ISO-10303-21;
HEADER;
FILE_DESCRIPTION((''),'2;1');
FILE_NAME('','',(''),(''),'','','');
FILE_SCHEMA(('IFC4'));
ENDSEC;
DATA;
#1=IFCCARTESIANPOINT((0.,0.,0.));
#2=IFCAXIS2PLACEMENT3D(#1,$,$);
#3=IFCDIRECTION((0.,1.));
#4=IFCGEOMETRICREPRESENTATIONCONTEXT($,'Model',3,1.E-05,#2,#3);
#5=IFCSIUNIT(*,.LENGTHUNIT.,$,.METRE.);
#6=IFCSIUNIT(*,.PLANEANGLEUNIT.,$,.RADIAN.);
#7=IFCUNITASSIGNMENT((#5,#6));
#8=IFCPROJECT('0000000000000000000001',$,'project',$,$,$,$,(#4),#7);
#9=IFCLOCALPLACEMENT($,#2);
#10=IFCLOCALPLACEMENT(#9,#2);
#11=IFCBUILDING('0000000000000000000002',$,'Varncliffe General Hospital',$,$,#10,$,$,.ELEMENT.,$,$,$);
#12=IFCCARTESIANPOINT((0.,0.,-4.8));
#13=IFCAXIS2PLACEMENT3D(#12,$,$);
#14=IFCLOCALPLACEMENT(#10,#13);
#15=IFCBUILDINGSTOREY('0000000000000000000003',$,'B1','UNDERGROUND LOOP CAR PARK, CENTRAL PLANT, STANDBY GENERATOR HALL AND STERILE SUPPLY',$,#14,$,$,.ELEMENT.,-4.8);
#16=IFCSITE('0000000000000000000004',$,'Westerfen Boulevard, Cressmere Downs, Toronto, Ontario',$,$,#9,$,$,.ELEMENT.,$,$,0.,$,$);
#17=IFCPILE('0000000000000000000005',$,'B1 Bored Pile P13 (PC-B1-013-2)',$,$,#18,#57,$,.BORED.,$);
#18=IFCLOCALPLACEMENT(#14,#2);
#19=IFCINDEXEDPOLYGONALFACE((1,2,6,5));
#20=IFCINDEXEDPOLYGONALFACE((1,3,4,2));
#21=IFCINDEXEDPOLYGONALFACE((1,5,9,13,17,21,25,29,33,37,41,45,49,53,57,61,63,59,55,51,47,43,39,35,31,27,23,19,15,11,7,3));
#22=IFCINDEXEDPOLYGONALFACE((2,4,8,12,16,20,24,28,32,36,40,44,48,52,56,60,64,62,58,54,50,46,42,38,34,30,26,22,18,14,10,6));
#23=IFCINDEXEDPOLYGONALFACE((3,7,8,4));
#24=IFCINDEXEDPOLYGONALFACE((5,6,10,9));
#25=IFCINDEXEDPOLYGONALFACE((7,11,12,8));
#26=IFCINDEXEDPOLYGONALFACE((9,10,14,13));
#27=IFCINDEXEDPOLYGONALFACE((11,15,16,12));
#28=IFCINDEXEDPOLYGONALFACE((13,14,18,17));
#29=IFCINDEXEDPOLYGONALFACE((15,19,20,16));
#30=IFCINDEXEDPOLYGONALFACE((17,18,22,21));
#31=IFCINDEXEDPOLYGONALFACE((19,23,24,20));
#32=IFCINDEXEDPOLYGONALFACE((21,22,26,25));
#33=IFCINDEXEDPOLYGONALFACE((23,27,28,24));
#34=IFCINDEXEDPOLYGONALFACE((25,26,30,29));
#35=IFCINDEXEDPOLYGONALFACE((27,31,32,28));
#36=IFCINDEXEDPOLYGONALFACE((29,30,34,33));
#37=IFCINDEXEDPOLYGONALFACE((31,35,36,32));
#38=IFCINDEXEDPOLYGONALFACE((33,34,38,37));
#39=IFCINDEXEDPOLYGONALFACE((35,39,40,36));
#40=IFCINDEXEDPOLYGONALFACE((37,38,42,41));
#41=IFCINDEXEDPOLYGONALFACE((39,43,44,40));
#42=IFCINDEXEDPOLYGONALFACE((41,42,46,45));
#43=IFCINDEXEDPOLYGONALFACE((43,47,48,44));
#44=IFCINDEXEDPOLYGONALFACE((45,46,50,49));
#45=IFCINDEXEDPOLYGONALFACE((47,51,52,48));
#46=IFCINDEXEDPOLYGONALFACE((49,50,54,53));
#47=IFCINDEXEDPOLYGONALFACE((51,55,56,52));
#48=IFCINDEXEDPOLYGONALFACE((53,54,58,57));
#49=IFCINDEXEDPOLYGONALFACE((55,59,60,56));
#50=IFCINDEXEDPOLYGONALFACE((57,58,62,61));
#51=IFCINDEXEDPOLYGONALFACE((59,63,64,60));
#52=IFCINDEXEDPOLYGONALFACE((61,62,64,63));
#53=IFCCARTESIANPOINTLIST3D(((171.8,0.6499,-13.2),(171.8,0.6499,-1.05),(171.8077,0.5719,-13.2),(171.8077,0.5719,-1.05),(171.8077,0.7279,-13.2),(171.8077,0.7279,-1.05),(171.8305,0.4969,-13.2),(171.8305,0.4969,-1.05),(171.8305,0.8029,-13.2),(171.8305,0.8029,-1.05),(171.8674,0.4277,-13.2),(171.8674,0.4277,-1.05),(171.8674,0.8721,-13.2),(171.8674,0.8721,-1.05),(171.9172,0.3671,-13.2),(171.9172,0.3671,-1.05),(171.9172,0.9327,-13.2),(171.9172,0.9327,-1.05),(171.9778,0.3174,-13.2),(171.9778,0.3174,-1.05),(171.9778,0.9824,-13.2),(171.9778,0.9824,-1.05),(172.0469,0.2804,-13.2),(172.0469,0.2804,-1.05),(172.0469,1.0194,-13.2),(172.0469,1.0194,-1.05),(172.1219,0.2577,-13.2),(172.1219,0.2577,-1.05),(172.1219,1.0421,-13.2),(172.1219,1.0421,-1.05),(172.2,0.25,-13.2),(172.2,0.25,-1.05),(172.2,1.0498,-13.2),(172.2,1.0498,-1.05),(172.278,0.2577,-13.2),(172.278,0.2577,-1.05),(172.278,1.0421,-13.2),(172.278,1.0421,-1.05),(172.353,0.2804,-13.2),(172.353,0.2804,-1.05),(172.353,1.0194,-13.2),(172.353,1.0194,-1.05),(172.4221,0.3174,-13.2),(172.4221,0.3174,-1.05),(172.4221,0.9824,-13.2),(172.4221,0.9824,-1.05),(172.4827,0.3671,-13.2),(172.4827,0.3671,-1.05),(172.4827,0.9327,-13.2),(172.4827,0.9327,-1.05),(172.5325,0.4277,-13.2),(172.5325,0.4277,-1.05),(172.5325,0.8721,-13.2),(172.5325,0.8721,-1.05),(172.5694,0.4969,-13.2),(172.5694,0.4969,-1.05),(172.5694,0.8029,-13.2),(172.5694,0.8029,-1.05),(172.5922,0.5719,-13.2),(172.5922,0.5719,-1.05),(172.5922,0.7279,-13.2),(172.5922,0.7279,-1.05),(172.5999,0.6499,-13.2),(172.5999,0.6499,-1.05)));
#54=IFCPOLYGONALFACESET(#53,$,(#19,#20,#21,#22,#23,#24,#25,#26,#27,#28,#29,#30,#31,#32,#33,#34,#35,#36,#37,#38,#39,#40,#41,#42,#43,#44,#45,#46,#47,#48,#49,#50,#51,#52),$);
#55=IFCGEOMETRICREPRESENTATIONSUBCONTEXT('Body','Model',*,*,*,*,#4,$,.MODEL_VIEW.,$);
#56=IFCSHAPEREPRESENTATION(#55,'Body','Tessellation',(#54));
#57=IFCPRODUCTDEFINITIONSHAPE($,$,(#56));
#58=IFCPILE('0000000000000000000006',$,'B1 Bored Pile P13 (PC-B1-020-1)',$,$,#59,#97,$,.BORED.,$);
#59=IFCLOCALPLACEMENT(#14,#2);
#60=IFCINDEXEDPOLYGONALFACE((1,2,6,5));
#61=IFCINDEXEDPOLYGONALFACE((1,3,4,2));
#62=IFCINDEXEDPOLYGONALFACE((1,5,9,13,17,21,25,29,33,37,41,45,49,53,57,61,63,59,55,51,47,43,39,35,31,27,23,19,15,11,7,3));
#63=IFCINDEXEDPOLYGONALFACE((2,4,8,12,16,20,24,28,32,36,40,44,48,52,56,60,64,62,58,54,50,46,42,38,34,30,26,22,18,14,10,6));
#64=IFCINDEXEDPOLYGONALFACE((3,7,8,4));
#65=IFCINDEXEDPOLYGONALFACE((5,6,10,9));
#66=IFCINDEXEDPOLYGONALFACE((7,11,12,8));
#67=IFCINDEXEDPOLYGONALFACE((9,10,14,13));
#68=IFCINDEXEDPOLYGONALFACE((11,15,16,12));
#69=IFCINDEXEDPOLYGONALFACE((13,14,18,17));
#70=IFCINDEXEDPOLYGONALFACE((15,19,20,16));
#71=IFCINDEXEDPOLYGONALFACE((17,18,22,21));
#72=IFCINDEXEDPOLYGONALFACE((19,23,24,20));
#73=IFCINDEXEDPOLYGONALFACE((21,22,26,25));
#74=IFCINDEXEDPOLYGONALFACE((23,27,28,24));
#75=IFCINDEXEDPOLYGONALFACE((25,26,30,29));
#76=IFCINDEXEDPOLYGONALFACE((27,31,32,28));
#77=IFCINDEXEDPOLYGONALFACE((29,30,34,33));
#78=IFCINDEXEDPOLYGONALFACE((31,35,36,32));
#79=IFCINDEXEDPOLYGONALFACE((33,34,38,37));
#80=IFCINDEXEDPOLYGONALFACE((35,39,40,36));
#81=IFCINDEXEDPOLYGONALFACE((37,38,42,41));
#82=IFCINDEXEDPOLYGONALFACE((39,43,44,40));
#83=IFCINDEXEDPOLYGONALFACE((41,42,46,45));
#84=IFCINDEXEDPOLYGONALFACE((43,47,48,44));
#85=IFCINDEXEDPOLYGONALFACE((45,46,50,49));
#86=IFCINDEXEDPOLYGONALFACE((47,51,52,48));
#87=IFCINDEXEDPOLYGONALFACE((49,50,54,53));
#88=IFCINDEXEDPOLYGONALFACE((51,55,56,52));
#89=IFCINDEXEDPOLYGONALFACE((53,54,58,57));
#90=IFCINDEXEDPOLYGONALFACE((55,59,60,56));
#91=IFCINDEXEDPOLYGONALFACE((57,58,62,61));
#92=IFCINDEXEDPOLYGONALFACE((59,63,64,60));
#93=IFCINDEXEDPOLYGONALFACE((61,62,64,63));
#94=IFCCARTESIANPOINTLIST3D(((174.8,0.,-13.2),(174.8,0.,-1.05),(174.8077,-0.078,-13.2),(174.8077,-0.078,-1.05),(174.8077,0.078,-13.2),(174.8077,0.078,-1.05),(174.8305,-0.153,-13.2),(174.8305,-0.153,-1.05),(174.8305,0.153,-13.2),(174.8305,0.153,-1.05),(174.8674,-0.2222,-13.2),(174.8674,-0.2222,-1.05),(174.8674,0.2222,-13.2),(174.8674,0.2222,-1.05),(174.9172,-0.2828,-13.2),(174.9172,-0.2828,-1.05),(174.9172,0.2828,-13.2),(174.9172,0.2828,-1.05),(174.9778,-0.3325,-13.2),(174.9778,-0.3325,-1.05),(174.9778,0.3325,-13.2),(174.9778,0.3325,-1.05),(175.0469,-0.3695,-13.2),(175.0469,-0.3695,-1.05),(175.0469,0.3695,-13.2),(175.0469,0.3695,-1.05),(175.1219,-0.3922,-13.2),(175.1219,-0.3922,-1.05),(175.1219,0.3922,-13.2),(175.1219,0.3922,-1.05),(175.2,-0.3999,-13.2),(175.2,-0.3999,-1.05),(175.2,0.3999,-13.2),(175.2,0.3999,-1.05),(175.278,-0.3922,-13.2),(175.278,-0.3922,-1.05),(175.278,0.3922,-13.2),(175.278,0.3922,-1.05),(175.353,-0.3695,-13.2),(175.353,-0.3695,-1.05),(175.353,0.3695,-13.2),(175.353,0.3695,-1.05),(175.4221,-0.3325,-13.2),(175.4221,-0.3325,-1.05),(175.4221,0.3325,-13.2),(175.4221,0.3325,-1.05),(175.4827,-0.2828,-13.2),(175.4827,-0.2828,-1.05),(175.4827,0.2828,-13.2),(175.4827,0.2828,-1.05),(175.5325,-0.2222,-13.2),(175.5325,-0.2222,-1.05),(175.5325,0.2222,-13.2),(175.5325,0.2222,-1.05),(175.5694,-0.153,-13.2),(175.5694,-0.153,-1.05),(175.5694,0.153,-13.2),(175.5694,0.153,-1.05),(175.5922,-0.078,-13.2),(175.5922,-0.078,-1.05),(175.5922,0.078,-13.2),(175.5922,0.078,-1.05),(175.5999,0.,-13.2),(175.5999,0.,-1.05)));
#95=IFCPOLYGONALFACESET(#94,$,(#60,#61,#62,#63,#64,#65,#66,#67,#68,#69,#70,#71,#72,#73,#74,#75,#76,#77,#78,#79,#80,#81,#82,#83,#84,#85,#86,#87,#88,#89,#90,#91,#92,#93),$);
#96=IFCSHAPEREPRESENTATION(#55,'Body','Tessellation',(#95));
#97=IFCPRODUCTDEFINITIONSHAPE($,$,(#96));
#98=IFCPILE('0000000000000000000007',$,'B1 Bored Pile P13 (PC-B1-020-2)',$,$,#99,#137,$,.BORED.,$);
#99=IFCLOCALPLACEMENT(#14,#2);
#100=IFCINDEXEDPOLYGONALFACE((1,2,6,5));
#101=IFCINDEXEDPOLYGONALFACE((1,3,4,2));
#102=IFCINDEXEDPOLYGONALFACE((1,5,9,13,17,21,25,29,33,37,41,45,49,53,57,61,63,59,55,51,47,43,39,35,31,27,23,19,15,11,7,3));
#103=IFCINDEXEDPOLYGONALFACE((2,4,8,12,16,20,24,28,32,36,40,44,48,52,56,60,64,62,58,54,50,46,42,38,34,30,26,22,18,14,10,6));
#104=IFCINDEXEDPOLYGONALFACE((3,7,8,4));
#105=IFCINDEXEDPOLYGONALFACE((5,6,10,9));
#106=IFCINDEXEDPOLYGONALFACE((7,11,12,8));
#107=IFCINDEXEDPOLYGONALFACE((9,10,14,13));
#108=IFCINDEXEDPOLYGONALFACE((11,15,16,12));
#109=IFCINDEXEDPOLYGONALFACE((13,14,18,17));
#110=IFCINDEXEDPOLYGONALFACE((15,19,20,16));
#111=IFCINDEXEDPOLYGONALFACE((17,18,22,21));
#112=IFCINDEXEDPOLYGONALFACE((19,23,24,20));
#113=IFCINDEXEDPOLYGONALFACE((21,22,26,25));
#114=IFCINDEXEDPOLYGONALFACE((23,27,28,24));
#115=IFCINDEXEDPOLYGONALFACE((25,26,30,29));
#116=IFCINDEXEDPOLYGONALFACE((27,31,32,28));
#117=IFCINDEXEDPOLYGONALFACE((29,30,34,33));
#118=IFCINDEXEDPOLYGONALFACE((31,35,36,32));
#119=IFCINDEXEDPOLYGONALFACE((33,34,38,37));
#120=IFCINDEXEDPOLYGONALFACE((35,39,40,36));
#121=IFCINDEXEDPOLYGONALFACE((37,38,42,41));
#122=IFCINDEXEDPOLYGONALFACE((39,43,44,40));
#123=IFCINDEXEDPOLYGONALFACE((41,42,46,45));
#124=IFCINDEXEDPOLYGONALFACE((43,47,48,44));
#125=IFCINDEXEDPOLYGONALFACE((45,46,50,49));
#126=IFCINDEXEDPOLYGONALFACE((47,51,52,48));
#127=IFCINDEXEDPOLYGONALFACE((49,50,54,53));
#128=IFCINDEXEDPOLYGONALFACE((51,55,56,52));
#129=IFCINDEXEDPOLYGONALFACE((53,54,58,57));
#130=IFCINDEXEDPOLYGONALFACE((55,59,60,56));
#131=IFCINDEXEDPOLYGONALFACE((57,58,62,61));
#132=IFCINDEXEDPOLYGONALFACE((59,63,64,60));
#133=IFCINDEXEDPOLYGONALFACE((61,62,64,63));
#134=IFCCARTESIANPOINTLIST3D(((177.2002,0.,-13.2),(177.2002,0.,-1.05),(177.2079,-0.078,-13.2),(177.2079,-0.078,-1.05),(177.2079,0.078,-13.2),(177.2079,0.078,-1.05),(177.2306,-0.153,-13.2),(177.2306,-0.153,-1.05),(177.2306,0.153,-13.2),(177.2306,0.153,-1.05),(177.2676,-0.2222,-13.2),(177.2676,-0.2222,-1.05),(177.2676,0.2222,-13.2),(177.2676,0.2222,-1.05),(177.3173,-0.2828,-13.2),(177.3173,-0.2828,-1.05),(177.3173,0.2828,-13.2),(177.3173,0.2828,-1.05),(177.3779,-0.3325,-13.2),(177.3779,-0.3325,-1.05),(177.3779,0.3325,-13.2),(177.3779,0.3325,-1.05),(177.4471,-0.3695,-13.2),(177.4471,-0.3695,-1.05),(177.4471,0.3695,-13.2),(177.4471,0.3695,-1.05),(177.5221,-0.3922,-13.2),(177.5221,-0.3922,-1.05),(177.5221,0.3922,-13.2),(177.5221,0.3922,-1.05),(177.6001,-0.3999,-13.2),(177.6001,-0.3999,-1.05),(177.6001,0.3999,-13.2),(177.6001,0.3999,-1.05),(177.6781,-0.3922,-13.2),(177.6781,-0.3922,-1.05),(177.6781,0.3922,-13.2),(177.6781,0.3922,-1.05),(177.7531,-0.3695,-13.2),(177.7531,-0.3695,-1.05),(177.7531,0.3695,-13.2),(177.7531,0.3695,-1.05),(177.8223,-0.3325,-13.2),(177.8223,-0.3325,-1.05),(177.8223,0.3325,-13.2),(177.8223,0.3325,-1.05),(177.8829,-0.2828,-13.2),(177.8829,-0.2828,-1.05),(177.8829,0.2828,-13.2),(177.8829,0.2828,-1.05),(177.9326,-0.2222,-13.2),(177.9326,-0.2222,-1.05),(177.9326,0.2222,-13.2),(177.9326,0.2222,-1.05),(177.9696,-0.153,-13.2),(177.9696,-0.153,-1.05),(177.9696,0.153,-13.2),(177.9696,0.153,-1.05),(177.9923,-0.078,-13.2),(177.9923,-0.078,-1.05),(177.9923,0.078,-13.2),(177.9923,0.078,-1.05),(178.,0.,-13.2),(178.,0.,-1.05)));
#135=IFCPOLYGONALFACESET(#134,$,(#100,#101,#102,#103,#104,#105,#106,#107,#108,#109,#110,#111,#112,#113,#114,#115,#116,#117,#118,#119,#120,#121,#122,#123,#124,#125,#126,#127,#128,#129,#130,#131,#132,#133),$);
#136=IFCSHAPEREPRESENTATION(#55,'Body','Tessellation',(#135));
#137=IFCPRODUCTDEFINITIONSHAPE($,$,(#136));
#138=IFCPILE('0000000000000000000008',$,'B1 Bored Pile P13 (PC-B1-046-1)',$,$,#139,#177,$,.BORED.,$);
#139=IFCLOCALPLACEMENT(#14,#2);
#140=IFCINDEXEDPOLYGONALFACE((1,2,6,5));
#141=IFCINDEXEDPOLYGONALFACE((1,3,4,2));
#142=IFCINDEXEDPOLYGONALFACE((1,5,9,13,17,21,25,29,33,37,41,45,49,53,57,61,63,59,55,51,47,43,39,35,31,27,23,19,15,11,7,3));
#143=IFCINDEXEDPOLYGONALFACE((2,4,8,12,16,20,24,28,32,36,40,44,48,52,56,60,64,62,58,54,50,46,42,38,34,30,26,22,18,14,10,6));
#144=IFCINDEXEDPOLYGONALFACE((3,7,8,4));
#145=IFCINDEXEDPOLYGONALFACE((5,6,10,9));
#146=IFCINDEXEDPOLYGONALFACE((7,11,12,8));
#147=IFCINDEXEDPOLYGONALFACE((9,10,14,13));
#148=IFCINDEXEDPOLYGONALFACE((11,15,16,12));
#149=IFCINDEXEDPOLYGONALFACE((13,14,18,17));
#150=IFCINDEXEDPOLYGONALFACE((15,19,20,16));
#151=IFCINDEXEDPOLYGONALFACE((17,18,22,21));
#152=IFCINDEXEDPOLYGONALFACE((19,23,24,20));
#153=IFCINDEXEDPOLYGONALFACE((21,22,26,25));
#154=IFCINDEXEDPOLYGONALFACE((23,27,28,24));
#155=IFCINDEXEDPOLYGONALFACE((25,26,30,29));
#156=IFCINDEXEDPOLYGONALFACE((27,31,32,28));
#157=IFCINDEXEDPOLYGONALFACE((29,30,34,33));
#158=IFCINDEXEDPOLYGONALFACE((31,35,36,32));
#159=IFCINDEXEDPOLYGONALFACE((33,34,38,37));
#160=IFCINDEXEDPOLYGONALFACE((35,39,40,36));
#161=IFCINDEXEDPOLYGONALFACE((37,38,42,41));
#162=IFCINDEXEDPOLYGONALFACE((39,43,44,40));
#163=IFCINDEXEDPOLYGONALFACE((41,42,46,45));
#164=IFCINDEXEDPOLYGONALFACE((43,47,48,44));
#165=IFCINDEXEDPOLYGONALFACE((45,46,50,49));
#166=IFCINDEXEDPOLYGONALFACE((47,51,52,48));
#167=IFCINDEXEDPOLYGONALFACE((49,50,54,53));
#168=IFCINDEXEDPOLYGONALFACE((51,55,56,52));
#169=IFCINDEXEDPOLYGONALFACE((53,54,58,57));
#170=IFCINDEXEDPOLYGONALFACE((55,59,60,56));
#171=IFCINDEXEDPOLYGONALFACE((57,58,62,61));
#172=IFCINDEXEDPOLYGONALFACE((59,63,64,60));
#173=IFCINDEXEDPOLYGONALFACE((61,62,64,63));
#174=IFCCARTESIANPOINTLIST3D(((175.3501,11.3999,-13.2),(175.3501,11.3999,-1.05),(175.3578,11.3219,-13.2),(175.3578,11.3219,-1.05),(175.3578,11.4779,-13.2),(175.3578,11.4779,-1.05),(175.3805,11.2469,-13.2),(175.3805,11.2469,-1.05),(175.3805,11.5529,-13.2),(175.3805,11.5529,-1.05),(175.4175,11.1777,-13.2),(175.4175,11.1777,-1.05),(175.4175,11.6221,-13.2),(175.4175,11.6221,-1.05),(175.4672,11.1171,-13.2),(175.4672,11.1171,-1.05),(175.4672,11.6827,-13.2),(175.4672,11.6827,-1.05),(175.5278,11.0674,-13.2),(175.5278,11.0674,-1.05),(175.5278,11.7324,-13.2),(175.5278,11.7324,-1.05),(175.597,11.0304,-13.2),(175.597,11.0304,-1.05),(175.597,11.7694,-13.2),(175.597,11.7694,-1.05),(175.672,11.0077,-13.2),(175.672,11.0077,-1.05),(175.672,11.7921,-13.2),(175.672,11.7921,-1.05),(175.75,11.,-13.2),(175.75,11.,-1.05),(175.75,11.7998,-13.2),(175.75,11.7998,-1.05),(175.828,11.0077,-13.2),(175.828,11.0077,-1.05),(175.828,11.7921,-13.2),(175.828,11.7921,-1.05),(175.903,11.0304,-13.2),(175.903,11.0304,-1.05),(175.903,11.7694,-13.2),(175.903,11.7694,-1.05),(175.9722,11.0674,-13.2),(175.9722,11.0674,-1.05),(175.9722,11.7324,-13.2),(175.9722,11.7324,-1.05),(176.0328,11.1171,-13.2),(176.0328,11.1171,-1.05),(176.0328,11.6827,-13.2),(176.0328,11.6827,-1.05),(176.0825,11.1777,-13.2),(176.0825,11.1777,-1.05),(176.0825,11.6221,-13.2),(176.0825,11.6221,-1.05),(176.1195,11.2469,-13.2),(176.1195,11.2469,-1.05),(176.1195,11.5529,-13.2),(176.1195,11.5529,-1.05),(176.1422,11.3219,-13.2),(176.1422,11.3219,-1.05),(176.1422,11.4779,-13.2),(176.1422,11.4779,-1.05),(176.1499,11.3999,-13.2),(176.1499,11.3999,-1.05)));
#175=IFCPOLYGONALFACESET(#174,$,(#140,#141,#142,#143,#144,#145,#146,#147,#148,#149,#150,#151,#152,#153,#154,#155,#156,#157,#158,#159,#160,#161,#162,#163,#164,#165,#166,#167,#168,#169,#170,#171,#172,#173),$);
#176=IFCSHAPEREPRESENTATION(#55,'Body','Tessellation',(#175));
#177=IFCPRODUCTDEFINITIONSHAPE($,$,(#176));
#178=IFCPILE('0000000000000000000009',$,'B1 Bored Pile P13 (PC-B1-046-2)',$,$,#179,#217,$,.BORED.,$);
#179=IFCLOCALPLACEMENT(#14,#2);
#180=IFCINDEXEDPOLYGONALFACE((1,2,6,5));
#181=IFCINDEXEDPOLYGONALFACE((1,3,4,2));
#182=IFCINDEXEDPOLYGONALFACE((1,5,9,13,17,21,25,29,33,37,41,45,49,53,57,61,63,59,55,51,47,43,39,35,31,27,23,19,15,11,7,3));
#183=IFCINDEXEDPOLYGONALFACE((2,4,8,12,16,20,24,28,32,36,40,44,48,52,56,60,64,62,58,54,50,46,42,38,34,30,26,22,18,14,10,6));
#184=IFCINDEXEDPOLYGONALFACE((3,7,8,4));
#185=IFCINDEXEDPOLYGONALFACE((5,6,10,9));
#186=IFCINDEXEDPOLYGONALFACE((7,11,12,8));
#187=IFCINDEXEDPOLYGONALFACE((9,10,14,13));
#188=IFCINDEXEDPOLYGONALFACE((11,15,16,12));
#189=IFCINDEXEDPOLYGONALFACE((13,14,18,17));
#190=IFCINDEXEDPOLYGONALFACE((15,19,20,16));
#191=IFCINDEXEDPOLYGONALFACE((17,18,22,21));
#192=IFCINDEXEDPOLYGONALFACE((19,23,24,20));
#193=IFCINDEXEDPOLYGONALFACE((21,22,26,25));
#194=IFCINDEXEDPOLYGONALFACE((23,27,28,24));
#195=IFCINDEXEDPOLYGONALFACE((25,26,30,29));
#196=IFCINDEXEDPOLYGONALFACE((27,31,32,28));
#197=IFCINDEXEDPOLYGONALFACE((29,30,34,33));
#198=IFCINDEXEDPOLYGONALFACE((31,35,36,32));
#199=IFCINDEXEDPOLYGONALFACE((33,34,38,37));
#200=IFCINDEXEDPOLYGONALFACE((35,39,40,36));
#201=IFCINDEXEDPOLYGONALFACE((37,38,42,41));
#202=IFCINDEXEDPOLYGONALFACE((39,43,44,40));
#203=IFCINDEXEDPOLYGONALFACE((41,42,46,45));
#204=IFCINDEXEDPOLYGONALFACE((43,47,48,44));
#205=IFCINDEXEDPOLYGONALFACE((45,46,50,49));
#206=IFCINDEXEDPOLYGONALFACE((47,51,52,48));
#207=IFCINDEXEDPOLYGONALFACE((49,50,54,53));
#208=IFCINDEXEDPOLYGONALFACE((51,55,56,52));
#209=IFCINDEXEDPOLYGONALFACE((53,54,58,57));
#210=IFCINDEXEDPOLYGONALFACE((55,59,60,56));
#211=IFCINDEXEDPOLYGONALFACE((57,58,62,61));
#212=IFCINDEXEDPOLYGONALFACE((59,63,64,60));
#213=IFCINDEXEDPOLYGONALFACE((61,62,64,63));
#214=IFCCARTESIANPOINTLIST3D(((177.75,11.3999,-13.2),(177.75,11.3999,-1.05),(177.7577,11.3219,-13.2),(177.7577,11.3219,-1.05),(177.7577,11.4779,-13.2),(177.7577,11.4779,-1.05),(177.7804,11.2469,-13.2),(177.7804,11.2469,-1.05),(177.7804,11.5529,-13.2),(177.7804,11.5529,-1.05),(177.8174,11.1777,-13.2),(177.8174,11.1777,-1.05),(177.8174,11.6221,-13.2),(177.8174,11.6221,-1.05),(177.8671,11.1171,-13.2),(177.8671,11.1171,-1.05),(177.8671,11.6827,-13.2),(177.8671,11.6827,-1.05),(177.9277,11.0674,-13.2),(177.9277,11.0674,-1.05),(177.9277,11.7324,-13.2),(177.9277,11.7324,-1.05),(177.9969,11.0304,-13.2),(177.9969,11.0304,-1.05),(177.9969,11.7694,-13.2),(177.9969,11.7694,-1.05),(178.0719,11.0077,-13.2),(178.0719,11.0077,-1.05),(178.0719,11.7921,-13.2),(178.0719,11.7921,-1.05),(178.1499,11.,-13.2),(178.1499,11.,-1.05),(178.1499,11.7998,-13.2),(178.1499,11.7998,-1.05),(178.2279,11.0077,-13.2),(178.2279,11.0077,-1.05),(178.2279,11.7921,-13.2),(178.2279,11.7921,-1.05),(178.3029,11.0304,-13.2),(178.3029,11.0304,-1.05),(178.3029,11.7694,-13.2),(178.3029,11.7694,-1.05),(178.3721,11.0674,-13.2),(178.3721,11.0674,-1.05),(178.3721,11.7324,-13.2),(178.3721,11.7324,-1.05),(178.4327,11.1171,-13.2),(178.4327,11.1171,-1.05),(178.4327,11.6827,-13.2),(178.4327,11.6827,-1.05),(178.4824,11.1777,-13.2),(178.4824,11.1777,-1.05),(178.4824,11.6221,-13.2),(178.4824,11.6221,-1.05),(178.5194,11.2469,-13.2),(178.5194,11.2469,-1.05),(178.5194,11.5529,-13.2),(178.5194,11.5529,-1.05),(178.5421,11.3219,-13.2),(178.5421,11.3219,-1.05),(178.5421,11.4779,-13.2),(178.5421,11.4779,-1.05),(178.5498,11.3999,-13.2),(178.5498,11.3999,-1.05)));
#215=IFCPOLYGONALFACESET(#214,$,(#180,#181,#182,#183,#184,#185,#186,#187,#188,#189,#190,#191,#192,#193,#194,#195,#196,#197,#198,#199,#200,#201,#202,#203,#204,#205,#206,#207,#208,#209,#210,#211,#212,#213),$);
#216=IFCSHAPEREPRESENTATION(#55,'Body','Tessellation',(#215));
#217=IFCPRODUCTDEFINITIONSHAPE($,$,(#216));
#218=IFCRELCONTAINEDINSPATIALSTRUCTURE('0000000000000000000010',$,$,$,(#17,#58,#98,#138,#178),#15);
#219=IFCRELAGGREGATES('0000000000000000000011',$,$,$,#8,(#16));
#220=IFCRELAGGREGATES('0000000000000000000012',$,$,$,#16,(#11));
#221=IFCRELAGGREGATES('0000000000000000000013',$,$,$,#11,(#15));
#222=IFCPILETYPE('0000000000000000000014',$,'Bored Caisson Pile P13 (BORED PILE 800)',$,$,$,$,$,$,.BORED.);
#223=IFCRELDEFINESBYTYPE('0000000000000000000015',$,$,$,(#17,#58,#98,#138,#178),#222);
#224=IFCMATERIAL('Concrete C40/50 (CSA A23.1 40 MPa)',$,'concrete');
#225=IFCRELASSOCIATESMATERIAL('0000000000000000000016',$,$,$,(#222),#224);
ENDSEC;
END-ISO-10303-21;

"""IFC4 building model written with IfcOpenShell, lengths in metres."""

from ifc_helpers import new_model, si_unit, direction, frame, origin, origin_2d, place, context, subcontext, project, spatial, circle, extrude, material, material_profile, profile_set, type_object, element, save


model = new_model("IFC4")

# Units and contexts
model_context = context("Model", 3, precision=1e-05, world=origin(), true_north=direction((0.0, 1.0)))
body_context = subcontext(model_context, "Body", "Model", "MODEL_VIEW")
ifc_project = project(units=[si_unit("LENGTHUNIT", "METRE"), si_unit("PLANEANGLEUNIT", "RADIAN")], contexts=[model_context])

# Site, building, storey
site_placement = place(None, origin())
site = spatial("IfcSite", under=ifc_project, at=site_placement, Name="Westerfen Boulevard, Cressmere Downs, Toronto, Ontario", CompositionType="ELEMENT", RefElevation=0.0)
building_placement = place(site_placement, origin())
building = spatial("IfcBuilding", under=site, at=building_placement, Name="Varncliffe General Hospital", CompositionType="ELEMENT")
storey_placement = place(building_placement, frame((0.0, 0.0, -4.8)))
storey = spatial("IfcBuildingStorey", under=building, at=storey_placement, Name="B1", Description="UNDERGROUND LOOP CAR PARK, CENTRAL PLANT, STANDBY GENERATOR HALL AND STERILE SUPPLY", CompositionType="ELEMENT", Elevation=-4.8)

# Piles
ifc_material_1 = material(Name="Concrete C40/50 (CSA A23.1 40 MPa)", Category="concrete")
ifc_material_profile_1 = material_profile(ifc_material_1, circle(Radius=0.3999, at=origin_2d()), Name="BORED PILE 800")
ifc_profile_set_1 = profile_set([ifc_material_profile_1], Name="Concrete C40/50 (CSA A23.1 40 MPa)")
pile_type_1 = type_object("IfcPileType", Name="Bored Caisson Pile P13 (BORED PILE 800)", PredefinedType="BORED", material=ifc_profile_set_1)
for number, where, z_axis, x_axis, name in (
    (1, (172.2, 0.6499, -1.05), (0.0, 0.0, -1.0), (1.0, 0.0, 0.0), "B1 Bored Pile P13 (PC-B1-013-2)"),
    (2, (175.2, 0.0, -1.05), (0.0, 0.0, -1.0), (1.0, 0.0, 0.0), "B1 Bored Pile P13 (PC-B1-020-1)"),
    (3, (177.6001, 0.0, -1.05), (0.0, 0.0, -1.0), (1.0, 0.0, 0.0), "B1 Bored Pile P13 (PC-B1-020-2)"),
    (4, (175.75, 11.3999, -1.05), (0.0, 0.0, -1.0), (1.0, 0.0, 0.0), "B1 Bored Pile P13 (PC-B1-046-1)"),
    (5, (178.1499, 11.3999, -1.05), (0.0, 0.0, -1.0), (1.0, 0.0, 0.0), "B1 Bored Pile P13 (PC-B1-046-2)"),
):
    element("IfcPile", number, at=place(storey_placement, frame(where, z_axis=z_axis, x_axis=x_axis)), inside=storey, type_object=pile_type_1, Name=name, PredefinedType="BORED", context=body_context, shape_type="SweptSolid", body=[
        extrude(circle(Radius=0.3999, at=origin_2d()), origin(), (0.0, 0.0, 1.0), 12.1499),
    ])

save(model, "model.ifc")
